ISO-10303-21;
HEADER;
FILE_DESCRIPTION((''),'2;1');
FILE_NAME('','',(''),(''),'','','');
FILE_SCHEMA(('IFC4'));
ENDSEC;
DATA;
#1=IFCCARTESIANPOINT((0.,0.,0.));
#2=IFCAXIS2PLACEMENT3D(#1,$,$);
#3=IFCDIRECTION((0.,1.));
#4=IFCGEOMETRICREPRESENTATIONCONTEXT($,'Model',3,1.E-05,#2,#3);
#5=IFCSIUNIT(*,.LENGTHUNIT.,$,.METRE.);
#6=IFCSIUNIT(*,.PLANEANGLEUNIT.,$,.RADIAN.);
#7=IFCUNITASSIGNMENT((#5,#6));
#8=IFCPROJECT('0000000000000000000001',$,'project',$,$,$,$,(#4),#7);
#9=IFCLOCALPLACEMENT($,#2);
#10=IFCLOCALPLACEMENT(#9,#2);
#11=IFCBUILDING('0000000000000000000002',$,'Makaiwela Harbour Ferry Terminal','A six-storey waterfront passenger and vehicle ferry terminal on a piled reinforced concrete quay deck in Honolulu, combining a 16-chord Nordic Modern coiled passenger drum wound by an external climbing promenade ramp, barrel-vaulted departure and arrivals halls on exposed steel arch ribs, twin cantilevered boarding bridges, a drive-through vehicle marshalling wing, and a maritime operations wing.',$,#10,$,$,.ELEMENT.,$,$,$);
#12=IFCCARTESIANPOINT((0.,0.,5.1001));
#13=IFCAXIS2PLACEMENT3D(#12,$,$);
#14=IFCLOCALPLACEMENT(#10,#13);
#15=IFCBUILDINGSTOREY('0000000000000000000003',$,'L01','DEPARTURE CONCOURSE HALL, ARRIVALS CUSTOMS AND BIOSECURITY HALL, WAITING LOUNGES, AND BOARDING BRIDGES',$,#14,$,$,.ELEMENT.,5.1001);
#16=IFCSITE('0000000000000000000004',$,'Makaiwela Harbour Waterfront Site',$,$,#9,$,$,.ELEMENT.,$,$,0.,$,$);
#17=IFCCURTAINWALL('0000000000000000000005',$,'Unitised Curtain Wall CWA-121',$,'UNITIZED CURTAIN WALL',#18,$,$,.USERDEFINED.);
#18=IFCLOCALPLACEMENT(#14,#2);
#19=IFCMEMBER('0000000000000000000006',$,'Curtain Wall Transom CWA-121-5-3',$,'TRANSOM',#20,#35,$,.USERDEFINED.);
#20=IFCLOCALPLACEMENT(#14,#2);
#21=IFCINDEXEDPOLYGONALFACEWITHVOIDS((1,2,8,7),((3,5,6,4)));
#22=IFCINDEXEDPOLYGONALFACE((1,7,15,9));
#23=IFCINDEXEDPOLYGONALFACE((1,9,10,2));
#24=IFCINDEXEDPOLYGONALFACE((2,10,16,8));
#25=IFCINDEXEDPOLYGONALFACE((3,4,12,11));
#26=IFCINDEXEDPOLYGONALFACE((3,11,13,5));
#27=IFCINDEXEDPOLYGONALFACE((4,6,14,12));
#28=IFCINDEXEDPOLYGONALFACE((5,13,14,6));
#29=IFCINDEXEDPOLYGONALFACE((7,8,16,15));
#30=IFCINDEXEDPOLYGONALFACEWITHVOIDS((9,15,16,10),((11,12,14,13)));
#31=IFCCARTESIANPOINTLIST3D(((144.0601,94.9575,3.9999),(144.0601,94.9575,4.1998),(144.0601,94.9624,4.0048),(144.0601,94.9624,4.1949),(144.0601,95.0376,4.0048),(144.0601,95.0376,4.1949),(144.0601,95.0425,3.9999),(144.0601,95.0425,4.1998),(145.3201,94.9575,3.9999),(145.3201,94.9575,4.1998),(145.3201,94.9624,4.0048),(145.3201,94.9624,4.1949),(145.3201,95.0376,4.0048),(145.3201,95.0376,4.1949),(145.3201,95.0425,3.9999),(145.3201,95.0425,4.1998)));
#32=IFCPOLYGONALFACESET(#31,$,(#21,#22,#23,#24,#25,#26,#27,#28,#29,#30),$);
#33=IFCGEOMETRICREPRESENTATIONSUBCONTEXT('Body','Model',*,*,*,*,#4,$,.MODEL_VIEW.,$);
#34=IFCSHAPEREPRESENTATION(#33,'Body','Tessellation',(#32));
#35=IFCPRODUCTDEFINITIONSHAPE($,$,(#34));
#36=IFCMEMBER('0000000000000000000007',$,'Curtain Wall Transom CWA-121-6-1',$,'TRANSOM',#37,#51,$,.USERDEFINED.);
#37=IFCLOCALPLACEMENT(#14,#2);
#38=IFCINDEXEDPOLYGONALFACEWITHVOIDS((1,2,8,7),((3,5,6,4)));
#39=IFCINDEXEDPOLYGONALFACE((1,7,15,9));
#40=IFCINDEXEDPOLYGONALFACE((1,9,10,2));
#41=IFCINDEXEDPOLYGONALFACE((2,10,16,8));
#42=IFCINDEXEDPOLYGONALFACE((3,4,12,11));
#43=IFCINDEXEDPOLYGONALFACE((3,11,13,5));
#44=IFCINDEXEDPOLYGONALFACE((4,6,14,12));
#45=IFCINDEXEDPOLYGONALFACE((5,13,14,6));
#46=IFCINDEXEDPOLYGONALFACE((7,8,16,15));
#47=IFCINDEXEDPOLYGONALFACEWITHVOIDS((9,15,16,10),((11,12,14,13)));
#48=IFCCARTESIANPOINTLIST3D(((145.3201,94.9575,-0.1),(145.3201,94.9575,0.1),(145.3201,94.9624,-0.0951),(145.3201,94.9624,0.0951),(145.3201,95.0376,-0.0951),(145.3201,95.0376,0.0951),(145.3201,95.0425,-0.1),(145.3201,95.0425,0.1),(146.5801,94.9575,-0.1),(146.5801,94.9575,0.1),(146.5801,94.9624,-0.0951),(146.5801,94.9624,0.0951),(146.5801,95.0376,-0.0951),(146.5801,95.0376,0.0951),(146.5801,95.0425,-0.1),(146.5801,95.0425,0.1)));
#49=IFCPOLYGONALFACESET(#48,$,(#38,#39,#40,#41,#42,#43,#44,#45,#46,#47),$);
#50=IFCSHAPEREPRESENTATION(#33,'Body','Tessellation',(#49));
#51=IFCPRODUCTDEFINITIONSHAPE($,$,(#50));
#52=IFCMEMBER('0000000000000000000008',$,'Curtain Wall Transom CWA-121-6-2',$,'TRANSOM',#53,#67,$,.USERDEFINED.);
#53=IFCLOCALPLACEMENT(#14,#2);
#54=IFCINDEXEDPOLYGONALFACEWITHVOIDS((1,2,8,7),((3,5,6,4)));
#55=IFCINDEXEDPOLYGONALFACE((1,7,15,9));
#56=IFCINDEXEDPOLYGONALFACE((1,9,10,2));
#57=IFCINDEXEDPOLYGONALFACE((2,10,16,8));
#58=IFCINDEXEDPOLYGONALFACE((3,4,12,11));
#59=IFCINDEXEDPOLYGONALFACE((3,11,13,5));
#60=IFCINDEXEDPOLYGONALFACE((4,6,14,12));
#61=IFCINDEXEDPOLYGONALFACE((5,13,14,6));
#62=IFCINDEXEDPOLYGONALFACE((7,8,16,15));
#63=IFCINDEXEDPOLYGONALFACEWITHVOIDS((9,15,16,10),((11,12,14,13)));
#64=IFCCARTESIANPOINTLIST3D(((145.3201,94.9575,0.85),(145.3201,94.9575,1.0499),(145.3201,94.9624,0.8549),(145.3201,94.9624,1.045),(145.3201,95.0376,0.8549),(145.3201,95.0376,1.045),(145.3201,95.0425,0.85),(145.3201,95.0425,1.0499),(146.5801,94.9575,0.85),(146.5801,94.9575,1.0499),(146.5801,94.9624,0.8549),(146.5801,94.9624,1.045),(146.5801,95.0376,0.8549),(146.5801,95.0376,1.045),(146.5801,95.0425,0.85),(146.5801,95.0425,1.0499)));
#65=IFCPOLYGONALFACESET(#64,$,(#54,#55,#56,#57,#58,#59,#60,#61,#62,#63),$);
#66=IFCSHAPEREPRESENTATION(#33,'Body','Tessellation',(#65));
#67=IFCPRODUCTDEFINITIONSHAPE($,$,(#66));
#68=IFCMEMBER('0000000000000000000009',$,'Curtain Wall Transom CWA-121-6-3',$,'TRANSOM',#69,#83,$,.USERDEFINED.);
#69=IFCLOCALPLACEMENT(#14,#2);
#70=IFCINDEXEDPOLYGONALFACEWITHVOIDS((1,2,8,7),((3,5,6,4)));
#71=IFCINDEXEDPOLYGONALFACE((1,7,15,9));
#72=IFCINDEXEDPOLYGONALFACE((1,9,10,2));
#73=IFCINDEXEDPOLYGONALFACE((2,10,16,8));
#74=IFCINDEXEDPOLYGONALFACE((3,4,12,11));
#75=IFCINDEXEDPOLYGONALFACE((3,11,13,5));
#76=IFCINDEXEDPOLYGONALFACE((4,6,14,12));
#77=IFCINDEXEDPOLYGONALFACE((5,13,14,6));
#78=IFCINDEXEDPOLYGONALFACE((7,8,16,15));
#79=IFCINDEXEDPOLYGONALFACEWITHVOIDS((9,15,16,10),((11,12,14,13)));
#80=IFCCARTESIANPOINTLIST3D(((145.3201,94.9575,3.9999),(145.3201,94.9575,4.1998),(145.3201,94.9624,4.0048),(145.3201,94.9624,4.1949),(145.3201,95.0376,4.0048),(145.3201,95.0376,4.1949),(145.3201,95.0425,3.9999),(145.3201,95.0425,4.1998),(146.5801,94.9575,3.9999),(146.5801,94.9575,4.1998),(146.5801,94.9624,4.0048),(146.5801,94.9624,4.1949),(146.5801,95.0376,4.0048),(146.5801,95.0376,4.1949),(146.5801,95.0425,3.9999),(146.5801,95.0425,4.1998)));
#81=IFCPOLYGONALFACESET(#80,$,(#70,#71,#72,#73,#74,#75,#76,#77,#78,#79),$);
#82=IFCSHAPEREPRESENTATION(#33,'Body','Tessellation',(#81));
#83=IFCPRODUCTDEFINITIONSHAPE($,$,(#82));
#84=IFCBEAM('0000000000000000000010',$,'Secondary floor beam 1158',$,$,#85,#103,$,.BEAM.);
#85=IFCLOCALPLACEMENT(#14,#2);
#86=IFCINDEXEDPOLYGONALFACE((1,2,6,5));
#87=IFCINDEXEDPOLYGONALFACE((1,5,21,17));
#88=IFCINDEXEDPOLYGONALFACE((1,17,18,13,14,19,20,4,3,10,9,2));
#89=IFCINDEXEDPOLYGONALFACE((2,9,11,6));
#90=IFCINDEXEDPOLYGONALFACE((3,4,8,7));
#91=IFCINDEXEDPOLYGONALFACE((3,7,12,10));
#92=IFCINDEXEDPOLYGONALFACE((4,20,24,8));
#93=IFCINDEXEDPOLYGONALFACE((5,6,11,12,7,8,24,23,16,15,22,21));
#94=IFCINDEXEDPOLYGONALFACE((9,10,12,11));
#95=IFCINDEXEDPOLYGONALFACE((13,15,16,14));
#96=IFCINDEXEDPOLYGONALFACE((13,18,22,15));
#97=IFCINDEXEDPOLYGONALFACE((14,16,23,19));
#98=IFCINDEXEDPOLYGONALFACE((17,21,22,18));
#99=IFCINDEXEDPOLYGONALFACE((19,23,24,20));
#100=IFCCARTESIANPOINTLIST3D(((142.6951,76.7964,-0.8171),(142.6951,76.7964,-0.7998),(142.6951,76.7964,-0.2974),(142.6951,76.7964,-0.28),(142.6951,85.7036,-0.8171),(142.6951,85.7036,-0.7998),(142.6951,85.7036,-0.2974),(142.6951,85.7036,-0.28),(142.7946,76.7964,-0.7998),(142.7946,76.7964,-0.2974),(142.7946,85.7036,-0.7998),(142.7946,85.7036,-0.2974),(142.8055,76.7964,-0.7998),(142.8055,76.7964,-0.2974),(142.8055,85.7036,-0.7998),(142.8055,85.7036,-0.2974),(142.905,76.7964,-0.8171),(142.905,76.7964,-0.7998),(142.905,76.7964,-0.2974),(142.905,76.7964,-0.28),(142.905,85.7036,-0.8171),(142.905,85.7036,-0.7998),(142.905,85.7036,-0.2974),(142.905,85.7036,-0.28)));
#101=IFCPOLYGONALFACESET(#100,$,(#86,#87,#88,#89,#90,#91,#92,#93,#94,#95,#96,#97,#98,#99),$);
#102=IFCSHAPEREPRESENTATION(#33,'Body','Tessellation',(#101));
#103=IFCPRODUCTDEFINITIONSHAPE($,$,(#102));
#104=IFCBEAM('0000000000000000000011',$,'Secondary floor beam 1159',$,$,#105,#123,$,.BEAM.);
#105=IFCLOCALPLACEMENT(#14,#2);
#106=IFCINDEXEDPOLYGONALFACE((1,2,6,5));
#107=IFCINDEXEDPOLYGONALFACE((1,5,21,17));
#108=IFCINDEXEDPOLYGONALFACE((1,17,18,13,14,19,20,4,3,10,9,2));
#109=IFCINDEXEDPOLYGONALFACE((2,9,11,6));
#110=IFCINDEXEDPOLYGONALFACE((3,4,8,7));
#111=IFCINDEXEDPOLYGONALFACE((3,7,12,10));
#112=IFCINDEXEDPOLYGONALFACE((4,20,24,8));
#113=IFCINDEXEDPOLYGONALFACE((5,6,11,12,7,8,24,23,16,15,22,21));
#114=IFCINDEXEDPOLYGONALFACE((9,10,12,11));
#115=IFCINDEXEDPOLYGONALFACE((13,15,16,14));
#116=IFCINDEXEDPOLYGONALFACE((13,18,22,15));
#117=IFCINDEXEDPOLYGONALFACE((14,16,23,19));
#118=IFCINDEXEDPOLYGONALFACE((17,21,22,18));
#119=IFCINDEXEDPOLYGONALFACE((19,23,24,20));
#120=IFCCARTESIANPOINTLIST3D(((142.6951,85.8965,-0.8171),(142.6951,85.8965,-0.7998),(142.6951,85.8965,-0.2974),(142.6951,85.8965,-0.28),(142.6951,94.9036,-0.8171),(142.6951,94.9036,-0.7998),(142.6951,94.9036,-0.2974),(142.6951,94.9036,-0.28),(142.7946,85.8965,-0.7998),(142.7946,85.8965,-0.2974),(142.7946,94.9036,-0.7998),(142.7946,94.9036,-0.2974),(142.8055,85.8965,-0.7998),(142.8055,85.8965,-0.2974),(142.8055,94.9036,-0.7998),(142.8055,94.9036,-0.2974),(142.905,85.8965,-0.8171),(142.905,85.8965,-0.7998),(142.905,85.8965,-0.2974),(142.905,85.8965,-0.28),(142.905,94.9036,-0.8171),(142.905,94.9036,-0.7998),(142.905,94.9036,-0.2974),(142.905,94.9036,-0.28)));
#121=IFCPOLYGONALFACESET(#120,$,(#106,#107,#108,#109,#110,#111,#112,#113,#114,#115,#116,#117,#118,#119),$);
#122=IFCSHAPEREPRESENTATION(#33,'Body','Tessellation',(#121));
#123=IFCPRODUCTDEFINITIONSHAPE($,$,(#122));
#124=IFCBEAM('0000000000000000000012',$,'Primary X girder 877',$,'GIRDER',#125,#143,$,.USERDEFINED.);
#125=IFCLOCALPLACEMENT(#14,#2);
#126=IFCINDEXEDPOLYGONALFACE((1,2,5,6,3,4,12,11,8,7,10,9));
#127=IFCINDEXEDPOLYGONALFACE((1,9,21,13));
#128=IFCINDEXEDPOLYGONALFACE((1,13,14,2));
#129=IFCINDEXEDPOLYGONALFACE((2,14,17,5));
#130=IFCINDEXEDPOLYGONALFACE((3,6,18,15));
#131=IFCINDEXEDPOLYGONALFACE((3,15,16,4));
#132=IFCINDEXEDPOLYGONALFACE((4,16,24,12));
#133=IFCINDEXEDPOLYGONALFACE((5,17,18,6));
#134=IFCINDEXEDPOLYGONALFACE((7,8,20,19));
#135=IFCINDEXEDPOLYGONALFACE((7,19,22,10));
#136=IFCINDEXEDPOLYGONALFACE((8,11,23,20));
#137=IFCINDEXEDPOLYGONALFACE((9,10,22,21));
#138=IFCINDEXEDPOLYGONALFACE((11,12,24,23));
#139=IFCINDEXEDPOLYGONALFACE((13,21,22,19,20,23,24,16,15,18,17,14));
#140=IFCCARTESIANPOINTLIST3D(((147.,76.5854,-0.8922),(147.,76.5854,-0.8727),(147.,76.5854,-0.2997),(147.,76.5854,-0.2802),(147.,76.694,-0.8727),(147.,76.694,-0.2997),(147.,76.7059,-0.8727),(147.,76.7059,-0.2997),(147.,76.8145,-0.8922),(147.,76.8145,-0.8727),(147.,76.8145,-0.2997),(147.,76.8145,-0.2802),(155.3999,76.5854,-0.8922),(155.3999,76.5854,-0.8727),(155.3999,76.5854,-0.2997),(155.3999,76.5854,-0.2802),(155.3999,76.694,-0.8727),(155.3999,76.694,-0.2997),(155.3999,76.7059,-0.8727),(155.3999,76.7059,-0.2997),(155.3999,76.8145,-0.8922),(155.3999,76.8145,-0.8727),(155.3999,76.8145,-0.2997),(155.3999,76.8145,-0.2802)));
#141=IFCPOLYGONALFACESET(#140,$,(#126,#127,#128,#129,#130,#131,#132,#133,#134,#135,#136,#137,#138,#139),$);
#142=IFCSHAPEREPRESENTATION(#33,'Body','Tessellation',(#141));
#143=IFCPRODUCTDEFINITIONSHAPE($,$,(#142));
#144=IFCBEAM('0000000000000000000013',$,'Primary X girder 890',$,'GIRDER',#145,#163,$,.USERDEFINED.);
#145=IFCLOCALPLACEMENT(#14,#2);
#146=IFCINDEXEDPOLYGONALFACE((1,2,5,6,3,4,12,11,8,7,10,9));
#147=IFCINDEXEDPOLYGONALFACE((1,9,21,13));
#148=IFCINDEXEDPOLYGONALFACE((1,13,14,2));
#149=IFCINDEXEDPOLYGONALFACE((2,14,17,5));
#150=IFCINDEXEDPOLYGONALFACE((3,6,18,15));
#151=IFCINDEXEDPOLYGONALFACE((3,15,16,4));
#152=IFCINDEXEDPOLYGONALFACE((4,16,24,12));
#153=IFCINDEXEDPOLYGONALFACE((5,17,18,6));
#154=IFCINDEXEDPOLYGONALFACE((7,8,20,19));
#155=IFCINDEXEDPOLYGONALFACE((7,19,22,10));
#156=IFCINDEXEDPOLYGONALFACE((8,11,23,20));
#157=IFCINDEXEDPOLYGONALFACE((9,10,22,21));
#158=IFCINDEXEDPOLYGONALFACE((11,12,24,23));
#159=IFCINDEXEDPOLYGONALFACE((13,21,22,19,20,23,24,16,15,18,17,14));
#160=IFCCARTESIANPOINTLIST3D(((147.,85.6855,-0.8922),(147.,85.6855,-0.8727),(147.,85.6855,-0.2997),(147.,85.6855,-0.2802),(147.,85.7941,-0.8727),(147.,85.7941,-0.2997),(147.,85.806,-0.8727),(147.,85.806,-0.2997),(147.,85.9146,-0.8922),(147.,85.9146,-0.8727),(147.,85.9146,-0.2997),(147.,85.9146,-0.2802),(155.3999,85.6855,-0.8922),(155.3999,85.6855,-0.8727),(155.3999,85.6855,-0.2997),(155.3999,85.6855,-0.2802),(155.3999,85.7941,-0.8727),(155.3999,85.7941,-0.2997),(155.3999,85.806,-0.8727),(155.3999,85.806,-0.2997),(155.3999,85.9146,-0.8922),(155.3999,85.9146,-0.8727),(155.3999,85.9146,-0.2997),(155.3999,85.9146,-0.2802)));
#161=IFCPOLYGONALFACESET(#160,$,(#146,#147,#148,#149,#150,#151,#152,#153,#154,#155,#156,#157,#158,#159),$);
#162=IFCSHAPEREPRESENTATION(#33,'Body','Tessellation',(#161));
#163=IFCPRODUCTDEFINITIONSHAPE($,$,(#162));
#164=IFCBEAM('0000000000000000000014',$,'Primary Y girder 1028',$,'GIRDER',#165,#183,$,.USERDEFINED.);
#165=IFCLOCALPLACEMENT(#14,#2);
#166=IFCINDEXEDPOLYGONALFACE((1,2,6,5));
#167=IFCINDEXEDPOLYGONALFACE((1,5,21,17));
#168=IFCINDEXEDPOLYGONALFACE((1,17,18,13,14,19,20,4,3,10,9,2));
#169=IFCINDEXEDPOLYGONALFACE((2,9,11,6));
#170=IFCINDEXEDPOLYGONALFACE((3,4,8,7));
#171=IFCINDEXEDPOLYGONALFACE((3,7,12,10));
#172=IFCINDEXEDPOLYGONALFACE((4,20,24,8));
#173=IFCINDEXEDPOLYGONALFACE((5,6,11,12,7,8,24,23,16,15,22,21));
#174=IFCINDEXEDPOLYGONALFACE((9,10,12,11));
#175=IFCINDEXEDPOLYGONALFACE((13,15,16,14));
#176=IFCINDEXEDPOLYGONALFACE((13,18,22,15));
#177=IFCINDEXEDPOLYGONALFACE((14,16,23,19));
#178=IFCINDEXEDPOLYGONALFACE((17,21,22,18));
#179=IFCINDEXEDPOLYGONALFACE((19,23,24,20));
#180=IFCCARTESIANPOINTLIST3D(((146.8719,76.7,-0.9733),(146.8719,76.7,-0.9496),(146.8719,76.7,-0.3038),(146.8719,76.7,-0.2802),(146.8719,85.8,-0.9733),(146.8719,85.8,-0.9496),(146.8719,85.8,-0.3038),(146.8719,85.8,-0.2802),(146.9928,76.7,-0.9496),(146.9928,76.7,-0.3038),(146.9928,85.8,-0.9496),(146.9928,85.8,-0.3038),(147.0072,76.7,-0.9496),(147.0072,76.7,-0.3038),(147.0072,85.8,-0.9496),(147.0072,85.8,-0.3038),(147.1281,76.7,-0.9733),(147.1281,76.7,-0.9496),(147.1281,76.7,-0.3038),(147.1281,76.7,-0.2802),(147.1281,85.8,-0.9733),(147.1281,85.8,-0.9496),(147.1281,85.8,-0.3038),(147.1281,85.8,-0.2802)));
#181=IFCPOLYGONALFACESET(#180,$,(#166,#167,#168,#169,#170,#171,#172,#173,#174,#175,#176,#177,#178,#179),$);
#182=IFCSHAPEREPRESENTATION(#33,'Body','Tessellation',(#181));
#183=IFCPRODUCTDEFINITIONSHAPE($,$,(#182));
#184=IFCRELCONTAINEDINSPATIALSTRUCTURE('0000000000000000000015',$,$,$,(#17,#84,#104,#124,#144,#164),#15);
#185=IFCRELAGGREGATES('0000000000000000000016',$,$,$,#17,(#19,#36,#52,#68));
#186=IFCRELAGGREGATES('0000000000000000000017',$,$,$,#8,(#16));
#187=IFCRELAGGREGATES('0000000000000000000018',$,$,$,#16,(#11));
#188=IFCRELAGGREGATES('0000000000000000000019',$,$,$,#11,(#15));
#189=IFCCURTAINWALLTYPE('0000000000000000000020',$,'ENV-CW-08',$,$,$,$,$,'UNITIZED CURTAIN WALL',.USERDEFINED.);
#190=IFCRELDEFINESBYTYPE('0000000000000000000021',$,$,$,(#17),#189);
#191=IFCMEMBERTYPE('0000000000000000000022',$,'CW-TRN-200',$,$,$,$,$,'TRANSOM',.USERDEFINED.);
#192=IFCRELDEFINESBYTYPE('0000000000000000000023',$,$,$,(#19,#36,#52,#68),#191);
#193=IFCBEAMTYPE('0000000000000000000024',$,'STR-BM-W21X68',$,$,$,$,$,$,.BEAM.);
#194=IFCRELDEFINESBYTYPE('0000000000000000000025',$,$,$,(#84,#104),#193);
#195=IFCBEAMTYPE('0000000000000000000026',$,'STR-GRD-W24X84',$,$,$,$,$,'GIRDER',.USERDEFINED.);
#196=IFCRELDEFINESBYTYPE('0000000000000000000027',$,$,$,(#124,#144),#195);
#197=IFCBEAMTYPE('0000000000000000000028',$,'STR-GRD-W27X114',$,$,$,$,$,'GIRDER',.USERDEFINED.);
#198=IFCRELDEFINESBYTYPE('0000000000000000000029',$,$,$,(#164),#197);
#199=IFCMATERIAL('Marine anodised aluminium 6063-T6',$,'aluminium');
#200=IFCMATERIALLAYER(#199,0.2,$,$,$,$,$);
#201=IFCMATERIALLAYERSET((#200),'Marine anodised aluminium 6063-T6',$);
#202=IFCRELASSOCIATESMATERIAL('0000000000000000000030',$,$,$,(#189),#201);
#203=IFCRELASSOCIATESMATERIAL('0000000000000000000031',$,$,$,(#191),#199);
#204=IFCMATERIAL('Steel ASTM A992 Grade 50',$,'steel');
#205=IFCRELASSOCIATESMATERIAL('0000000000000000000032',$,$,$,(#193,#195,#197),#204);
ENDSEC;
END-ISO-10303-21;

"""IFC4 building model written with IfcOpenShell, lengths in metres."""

from ifc_helpers import new_model, si_unit, direction, frame, origin, origin_2d, place, context, subcontext, project, spatial, hollow_rectangle, i_section, extrude, material, layer, layer_set, material_profile, profile_set, type_object, element, aggregate, save


model = new_model("IFC4")

# Units and contexts
model_context = context("Model", 3, precision=1e-05, world=origin(), true_north=direction((0.0, 1.0)))
body_context = subcontext(model_context, "Body", "Model", "MODEL_VIEW")
ifc_project = project(units=[si_unit("LENGTHUNIT", "METRE"), si_unit("PLANEANGLEUNIT", "RADIAN")], contexts=[model_context])

# Site, building, storey
site_placement = place(None, origin())
site = spatial("IfcSite", under=ifc_project, at=site_placement, Name="Makaiwela Harbour Waterfront Site", CompositionType="ELEMENT", RefElevation=0.0)
building_placement = place(site_placement, origin())
building = spatial("IfcBuilding", under=site, at=building_placement, Name="Makaiwela Harbour Ferry Terminal", Description="A six-storey waterfront passenger and vehicle ferry terminal on a piled reinforced concrete quay deck in Honolulu, combining a 16-chord Nordic Modern coiled passenger drum wound by an external climbing promenade ramp, barrel-vaulted departure and arrivals halls on exposed steel arch ribs, twin cantilevered boarding bridges, a drive-through vehicle marshalling wing, and a maritime operations wing.", CompositionType="ELEMENT")
storey_placement = place(building_placement, frame((0.0, 0.0, 5.1001)))
storey = spatial("IfcBuildingStorey", under=building, at=storey_placement, Name="L01", Description="DEPARTURE CONCOURSE HALL, ARRIVALS CUSTOMS AND BIOSECURITY HALL, WAITING LOUNGES, AND BOARDING BRIDGES", CompositionType="ELEMENT", Elevation=5.1001)

# Shared definitions
ifc_material_1 = material(Name="Steel ASTM A992 Grade 50", Category="steel")

# Curtain wall, members
ifc_material_2 = material(Name="Marine anodised aluminium 6063-T6", Category="aluminium")
ifc_layer_1 = layer(ifc_material_2, 0.2)
ifc_layer_set_1 = layer_set([ifc_layer_1], Name="Marine anodised aluminium 6063-T6")
curtain_wall_type = type_object("IfcCurtainWallType", Name="ENV-CW-08", ElementType="UNITIZED CURTAIN WALL", PredefinedType="USERDEFINED", material=ifc_layer_set_1)
curtain_wall_placement = place(storey_placement, origin())
curtain_wall = element("IfcCurtainWall", 1, at=curtain_wall_placement, inside=storey, type_object=curtain_wall_type, Name="Unitised Curtain Wall CWA-121", ObjectType="UNITIZED CURTAIN WALL", PredefinedType="USERDEFINED")
ifc_material_profile_1 = material_profile(ifc_material_2, hollow_rectangle(XDim=0.085, YDim=0.2, WallThickness=0.0049, at=origin_2d()), Name="CWT-200X85")
ifc_profile_set_1 = profile_set([ifc_material_profile_1], Name="Marine anodised aluminium 6063-T6")
member_type_1 = type_object("IfcMemberType", Name="CW-TRN-200", ElementType="TRANSOM", PredefinedType="USERDEFINED", material=ifc_profile_set_1)
member_1_placement = place(storey_placement, frame((144.0601, 95.0, 4.0999), z_axis=(1.0, 0.0, 0.0), x_axis=(0.0, 1.0, 0.0)))
member_1 = element("IfcMember", 2, at=member_1_placement, type_object=member_type_1, Name="Curtain Wall Transom CWA-121-5-3", ObjectType="TRANSOM", PredefinedType="USERDEFINED", context=body_context, shape_type="SweptSolid", body=[
    extrude(hollow_rectangle(XDim=0.085, YDim=0.2, WallThickness=0.0049, at=origin_2d()), origin(), (0.0, 0.0, 1.0), 1.26),
])
member_2_placement = place(storey_placement, frame((145.3201, 95.0, 0.0), z_axis=(1.0, 0.0, 0.0), x_axis=(0.0, 1.0, 0.0)))
member_2 = element("IfcMember", 3, at=member_2_placement, type_object=member_type_1, Name="Curtain Wall Transom CWA-121-6-1", ObjectType="TRANSOM", PredefinedType="USERDEFINED", context=body_context, shape_type="SweptSolid", body=[
    extrude(hollow_rectangle(XDim=0.085, YDim=0.2, WallThickness=0.0049, at=origin_2d()), origin(), (0.0, 0.0, 1.0), 1.26),
])
member_3_placement = place(storey_placement, frame((145.3201, 95.0, 0.95), z_axis=(1.0, 0.0, 0.0), x_axis=(0.0, 1.0, 0.0)))
member_3 = element("IfcMember", 4, at=member_3_placement, type_object=member_type_1, Name="Curtain Wall Transom CWA-121-6-2", ObjectType="TRANSOM", PredefinedType="USERDEFINED", context=body_context, shape_type="SweptSolid", body=[
    extrude(hollow_rectangle(XDim=0.085, YDim=0.2, WallThickness=0.0049, at=origin_2d()), origin(), (0.0, 0.0, 1.0), 1.26),
])
member_4_placement = place(storey_placement, frame((145.3201, 95.0, 4.0999), z_axis=(1.0, 0.0, 0.0), x_axis=(0.0, 1.0, 0.0)))
member_4 = element("IfcMember", 5, at=member_4_placement, type_object=member_type_1, Name="Curtain Wall Transom CWA-121-6-3", ObjectType="TRANSOM", PredefinedType="USERDEFINED", context=body_context, shape_type="SweptSolid", body=[
    extrude(hollow_rectangle(XDim=0.085, YDim=0.2, WallThickness=0.0049, at=origin_2d()), origin(), (0.0, 0.0, 1.0), 1.26),
])

# Beams
ifc_material_profile_2 = material_profile(ifc_material_1, i_section(OverallWidth=0.21, OverallDepth=0.5371, WebThickness=0.011, FlangeThickness=0.0173, at=origin_2d()), Name="W21X68")
ifc_profile_set_2 = profile_set([ifc_material_profile_2], Name="Steel ASTM A992 Grade 50")
beam_type_1 = type_object("IfcBeamType", Name="STR-BM-W21X68", PredefinedType="BEAM", material=ifc_profile_set_2)
beam_1_placement = place(storey_placement, frame((142.8, 76.7964, -0.5486), z_axis=(0.0, 1.0, 0.0), x_axis=(-1.0, 0.0, 0.0)))
element("IfcBeam", 6, at=beam_1_placement, inside=storey, type_object=beam_type_1, Name="Secondary floor beam 1158", PredefinedType="BEAM", context=body_context, shape_type="SweptSolid", body=[
    extrude(i_section(OverallWidth=0.21, OverallDepth=0.5371, WebThickness=0.011, FlangeThickness=0.0173, at=origin_2d()), origin(), (0.0, 0.0, 1.0), 8.9072),
])
beam_2_placement = place(storey_placement, frame((142.8, 85.8965, -0.5486), z_axis=(0.0, 1.0, 0.0), x_axis=(-1.0, 0.0, 0.0)))
element("IfcBeam", 7, at=beam_2_placement, inside=storey, type_object=beam_type_1, Name="Secondary floor beam 1159", PredefinedType="BEAM", context=body_context, shape_type="SweptSolid", body=[
    extrude(i_section(OverallWidth=0.21, OverallDepth=0.5371, WebThickness=0.011, FlangeThickness=0.0173, at=origin_2d()), origin(), (0.0, 0.0, 1.0), 9.0071),
])
ifc_material_profile_3 = material_profile(ifc_material_1, i_section(OverallWidth=0.229, OverallDepth=0.6121, WebThickness=0.012, FlangeThickness=0.0195, at=origin_2d()), Name="W24X84")
ifc_profile_set_3 = profile_set([ifc_material_profile_3], Name="Steel ASTM A992 Grade 50")
beam_type_2 = type_object("IfcBeamType", Name="STR-GRD-W24X84", ElementType="GIRDER", PredefinedType="USERDEFINED", material=ifc_profile_set_3)
for number, where, z_axis, x_axis, name in (
    (8, (147.0, 76.7, -0.5862), (1.0, 0.0, 0.0), (0.0, 1.0, 0.0), "Primary X girder 877"),
    (9, (147.0, 85.8, -0.5862), (1.0, 0.0, 0.0), (0.0, 1.0, 0.0), "Primary X girder 890"),
):
    element("IfcBeam", number, at=place(storey_placement, frame(where, z_axis=z_axis, x_axis=x_axis)), inside=storey, type_object=beam_type_2, Name=name, ObjectType="GIRDER", PredefinedType="USERDEFINED", context=body_context, shape_type="SweptSolid", body=[
        extrude(i_section(OverallWidth=0.229, OverallDepth=0.6121, WebThickness=0.012, FlangeThickness=0.0195, at=origin_2d()), origin(), (0.0, 0.0, 1.0), 8.3999),
    ])
ifc_material_profile_4 = material_profile(ifc_material_1, i_section(OverallWidth=0.2561, OverallDepth=0.6931, WebThickness=0.0144, FlangeThickness=0.0237, at=origin_2d()), Name="W27X114")
ifc_profile_set_4 = profile_set([ifc_material_profile_4], Name="Steel ASTM A992 Grade 50")
beam_type_3 = type_object("IfcBeamType", Name="STR-GRD-W27X114", ElementType="GIRDER", PredefinedType="USERDEFINED", material=ifc_profile_set_4)
beam_3_placement = place(storey_placement, frame((147.0, 76.7, -0.6267), z_axis=(0.0, 1.0, 0.0), x_axis=(-1.0, 0.0, 0.0)))
element("IfcBeam", 10, at=beam_3_placement, inside=storey, type_object=beam_type_3, Name="Primary Y girder 1028", ObjectType="GIRDER", PredefinedType="USERDEFINED", context=body_context, shape_type="SweptSolid", body=[
    extrude(i_section(OverallWidth=0.2561, OverallDepth=0.6931, WebThickness=0.0144, FlangeThickness=0.0237, at=origin_2d()), origin(), (0.0, 0.0, 1.0), 9.1001),
])

aggregate(curtain_wall, [member_1, member_2, member_3, member_4])

save(model, "model.ifc")
